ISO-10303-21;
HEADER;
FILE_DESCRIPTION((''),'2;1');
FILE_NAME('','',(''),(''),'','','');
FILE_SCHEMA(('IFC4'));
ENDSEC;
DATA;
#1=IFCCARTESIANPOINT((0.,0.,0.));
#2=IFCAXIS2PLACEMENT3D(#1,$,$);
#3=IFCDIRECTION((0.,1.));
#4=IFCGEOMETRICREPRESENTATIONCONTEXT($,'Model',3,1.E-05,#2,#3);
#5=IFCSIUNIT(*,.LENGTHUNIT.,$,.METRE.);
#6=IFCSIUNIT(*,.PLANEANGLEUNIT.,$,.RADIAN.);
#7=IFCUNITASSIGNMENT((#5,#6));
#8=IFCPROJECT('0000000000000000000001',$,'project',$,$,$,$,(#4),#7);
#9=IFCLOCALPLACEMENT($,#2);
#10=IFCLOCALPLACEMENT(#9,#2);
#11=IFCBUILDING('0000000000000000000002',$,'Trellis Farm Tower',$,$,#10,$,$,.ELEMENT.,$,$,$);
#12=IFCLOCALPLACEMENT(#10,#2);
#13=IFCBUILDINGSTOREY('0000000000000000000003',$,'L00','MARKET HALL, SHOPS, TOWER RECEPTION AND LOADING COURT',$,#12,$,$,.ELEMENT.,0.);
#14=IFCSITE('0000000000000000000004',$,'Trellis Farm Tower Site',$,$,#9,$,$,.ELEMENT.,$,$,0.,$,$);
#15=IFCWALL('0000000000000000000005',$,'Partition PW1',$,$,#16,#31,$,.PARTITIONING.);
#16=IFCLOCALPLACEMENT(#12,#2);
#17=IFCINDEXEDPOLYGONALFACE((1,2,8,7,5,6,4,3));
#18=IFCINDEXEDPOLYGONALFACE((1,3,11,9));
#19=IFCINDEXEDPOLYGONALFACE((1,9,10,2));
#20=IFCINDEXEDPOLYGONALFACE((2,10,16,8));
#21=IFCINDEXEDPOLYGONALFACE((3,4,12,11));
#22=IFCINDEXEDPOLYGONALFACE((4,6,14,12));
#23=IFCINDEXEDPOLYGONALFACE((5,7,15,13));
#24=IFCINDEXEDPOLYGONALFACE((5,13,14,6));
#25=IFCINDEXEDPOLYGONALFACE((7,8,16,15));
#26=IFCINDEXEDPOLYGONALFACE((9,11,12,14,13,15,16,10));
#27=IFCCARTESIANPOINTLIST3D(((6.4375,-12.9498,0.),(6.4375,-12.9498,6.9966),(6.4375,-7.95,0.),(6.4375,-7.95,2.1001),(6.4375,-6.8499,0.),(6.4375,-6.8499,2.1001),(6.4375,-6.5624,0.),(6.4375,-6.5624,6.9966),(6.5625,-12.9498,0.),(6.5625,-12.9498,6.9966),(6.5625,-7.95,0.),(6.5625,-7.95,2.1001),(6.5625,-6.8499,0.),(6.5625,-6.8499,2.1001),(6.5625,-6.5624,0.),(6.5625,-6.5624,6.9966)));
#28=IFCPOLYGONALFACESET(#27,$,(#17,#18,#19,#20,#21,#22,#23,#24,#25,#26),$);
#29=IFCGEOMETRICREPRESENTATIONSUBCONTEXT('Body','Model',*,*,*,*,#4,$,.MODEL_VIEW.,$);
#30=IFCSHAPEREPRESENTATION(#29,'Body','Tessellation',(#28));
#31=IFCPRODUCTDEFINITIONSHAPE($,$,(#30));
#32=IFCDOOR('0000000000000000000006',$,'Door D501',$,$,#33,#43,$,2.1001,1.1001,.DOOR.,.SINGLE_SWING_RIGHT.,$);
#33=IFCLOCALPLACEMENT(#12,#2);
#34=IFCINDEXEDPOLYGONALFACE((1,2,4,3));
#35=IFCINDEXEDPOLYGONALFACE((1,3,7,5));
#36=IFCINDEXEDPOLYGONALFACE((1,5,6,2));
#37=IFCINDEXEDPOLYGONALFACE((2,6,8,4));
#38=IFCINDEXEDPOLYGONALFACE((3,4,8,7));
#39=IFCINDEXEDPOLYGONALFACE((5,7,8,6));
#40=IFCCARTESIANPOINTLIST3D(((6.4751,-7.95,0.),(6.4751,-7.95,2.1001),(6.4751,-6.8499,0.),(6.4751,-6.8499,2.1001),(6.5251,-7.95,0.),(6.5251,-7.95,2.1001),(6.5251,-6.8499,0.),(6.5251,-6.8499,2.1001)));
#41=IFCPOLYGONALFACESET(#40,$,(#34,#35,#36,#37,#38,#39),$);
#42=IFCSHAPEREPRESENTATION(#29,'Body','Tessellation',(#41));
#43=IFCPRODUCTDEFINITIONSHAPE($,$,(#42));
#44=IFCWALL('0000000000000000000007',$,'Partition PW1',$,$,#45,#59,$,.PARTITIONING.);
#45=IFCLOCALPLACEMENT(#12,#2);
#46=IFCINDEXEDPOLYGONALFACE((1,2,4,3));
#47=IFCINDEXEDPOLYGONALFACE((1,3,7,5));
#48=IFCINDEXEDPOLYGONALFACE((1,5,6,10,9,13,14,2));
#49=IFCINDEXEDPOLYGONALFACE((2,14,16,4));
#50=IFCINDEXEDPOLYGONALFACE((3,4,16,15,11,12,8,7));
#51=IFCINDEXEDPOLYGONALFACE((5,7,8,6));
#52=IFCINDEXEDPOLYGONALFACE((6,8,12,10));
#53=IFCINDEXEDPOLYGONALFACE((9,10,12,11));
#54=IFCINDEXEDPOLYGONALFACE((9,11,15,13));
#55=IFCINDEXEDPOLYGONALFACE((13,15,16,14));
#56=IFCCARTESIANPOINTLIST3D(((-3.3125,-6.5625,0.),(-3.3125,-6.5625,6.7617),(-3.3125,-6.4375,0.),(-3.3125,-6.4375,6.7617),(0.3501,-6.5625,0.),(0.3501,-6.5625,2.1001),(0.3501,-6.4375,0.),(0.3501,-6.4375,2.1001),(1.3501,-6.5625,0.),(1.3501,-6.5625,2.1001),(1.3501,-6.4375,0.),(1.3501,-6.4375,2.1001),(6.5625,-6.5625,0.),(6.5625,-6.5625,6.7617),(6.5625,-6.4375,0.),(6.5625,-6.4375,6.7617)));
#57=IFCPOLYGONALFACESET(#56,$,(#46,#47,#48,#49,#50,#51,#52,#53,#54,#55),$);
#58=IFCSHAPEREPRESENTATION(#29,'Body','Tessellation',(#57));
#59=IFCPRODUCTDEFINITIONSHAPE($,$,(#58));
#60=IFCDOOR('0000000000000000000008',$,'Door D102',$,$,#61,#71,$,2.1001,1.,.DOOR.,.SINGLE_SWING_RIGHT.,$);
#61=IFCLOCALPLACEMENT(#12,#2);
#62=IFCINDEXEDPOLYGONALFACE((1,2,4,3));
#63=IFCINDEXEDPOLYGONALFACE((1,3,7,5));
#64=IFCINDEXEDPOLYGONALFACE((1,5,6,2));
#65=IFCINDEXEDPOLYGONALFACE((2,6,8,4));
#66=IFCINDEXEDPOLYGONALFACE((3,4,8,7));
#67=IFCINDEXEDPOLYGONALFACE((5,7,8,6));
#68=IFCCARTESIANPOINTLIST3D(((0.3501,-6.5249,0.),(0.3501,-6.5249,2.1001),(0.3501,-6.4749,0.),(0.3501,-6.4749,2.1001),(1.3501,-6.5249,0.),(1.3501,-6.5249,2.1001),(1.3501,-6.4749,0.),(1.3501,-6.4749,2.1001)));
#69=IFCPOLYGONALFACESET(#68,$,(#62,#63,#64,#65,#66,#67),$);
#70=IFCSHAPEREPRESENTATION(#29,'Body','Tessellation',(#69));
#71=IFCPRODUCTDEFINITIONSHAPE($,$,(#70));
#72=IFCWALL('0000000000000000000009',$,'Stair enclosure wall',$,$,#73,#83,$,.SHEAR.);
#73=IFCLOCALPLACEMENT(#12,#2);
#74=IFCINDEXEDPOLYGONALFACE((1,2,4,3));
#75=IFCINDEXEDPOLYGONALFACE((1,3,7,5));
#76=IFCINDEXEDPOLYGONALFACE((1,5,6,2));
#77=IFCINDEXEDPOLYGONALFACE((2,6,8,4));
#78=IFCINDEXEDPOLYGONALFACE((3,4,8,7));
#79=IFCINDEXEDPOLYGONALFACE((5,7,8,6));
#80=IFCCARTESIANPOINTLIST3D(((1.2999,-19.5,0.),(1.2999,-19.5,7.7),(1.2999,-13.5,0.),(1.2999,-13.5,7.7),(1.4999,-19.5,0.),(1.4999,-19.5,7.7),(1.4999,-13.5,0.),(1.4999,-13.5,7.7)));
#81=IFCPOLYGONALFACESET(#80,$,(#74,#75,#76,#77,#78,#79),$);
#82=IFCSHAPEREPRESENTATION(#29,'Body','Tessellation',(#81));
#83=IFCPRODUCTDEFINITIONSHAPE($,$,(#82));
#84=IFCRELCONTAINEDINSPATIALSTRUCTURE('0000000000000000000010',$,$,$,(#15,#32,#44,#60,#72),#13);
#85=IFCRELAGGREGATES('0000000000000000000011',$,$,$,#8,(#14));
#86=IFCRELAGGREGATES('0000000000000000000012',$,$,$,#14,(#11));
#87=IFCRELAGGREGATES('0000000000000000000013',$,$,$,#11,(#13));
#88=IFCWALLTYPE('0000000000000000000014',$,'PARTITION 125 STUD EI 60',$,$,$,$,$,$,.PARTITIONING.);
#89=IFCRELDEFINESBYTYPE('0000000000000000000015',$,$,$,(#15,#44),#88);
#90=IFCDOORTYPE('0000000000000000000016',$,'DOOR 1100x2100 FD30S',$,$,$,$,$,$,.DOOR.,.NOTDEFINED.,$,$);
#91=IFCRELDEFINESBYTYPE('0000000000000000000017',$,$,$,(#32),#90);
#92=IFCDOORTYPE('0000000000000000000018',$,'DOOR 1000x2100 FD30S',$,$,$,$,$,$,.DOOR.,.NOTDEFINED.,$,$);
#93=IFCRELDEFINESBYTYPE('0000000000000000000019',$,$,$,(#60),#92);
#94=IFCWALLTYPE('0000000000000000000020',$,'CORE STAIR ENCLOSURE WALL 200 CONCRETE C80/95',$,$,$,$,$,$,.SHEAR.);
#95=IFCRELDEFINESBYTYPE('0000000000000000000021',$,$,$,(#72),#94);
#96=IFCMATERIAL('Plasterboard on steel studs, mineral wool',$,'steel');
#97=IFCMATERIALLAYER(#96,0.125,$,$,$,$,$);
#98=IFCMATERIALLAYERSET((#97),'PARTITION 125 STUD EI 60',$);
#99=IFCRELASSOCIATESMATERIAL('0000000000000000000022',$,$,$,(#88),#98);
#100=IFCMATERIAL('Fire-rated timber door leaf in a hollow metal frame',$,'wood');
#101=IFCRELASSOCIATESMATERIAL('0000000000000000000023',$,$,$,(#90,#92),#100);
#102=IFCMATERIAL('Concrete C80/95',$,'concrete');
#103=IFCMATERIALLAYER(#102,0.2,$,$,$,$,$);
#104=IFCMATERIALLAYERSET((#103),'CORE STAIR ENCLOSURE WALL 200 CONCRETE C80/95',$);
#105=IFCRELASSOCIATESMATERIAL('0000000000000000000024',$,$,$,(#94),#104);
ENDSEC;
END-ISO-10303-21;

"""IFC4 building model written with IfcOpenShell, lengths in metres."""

from ifc_helpers import new_model, si_unit, direction, frame, frame_2d, origin, place, context, subcontext, project, spatial, rectangle, extrude, source, transform, mapped, material, layer, layer_set, type_object, element, fill, save


model = new_model("IFC4")

# Units and contexts
model_context = context("Model", 3, precision=1e-05, world=origin(), true_north=direction((0.0, 1.0)))
body_context = subcontext(model_context, "Body", "Model", "MODEL_VIEW")
ifc_project = project(units=[si_unit("LENGTHUNIT", "METRE"), si_unit("PLANEANGLEUNIT", "RADIAN")], contexts=[model_context])

# Site, building, storey
site_placement = place(None, origin())
site = spatial("IfcSite", under=ifc_project, at=site_placement, Name="Trellis Farm Tower Site", CompositionType="ELEMENT", RefElevation=0.0)
building_placement = place(site_placement, origin())
building = spatial("IfcBuilding", under=site, at=building_placement, Name="Trellis Farm Tower", CompositionType="ELEMENT")
storey_placement = place(building_placement, origin())
storey = spatial("IfcBuildingStorey", under=building, at=storey_placement, Name="L00", Description="MARKET HALL, SHOPS, TOWER RECEPTION AND LOADING COURT", CompositionType="ELEMENT", Elevation=0.0)

# Shared definitions
ifc_material_1 = material(Name="Concrete C80/95", Category="concrete")

# Walls, openings, doors
ifc_material_2 = material(Name="Plasterboard on steel studs, mineral wool", Category="steel")
ifc_layer_1 = layer(ifc_material_2, 0.125)
ifc_layer_set_1 = layer_set([ifc_layer_1], Name="PARTITION 125 STUD EI 60")
wall_type_1 = type_object("IfcWallType", Name="PARTITION 125 STUD EI 60", PredefinedType="PARTITIONING", material=ifc_layer_set_1)
wall_1_placement = place(storey_placement, frame((6.5, -12.95, 0.0), z_axis=(0.0, 0.0, 1.0), x_axis=(0.0, 1.0, 0.0)))
wall_1 = element("IfcWall", 1, at=wall_1_placement, inside=storey, type_object=wall_type_1, Name="Partition PW1", PredefinedType="PARTITIONING", context=body_context, shape_type="SweptSolid", body=[
    extrude(rectangle(XDim=6.3875, YDim=0.125, at=frame_2d((3.1938, 0.0))), origin(), (0.0, 0.0, 1.0), 6.9966),
])
shared_shape_1 = source(origin(), body_context, "Body", "SweptSolid", [
    extrude(rectangle(XDim=1.1001, YDim=2.1001, at=frame_2d((0.55, 1.05))), frame((0.0, 0.0725, 0.0), z_axis=(0.0, -1.0, 0.0), x_axis=(1.0, 0.0, 0.0)), (0.0, 0.0, 1.0), 0.145),
])
opening_1_placement = place(wall_1_placement, frame((5.0, 0.0, 0.0)))
opening_1 = element("IfcOpeningElement", 2, at=opening_1_placement, cuts=wall_1, PredefinedType="OPENING", context=body_context, shape_type="MappedRepresentation", body=[
    mapped(shared_shape_1, transform((0.0, 0.0, 0.0))),
])
ifc_material_3 = material(Name="Fire-rated timber door leaf in a hollow metal frame", Category="wood")
door_type_1 = type_object("IfcDoorType", Name="DOOR 1100x2100 FD30S", OperationType="NOTDEFINED", PredefinedType="DOOR", material=ifc_material_3)
shared_shape_2 = source(origin(), body_context, "Body", "SweptSolid", [
    extrude(rectangle(XDim=1.1001, YDim=2.1001, at=frame_2d((0.55, 1.05))), frame((0.0, 0.0249, 0.0), z_axis=(0.0, -1.0, 0.0), x_axis=(1.0, 0.0, 0.0)), (0.0, 0.0, 1.0), 0.05),
])
door_1_placement = place(opening_1_placement, origin())
door_1 = element("IfcDoor", 3, at=door_1_placement, inside=storey, type_object=door_type_1, Name="Door D501", OperationType="SINGLE_SWING_RIGHT", OverallHeight=2.1001, OverallWidth=1.1001, PredefinedType="DOOR", context=body_context, shape_type="MappedRepresentation", body=[
    mapped(shared_shape_2, transform((0.0, 0.0, 0.0))),
])
fill(opening_1, door_1)
wall_2_placement = place(storey_placement, frame((6.5625, -6.5, 0.0), z_axis=(0.0, 0.0, 1.0), x_axis=(-1.0, 0.0, 0.0)))
wall_2 = element("IfcWall", 4, at=wall_2_placement, inside=storey, type_object=wall_type_1, Name="Partition PW1", PredefinedType="PARTITIONING", context=body_context, shape_type="SweptSolid", body=[
    extrude(rectangle(XDim=9.875, YDim=0.125, at=frame_2d((4.9375, 0.0))), origin(), (0.0, 0.0, 1.0), 6.7617),
])
shared_shape_3 = source(origin(), body_context, "Body", "SweptSolid", [
    extrude(rectangle(XDim=1.0, YDim=2.1001, at=frame_2d((0.5, 1.05))), frame((0.0, 0.0725, 0.0), z_axis=(0.0, -1.0, 0.0), x_axis=(1.0, 0.0, 0.0)), (0.0, 0.0, 1.0), 0.145),
])
opening_2_placement = place(wall_2_placement, frame((5.2124, 0.0, 0.0)))
opening_2 = element("IfcOpeningElement", 5, at=opening_2_placement, cuts=wall_2, PredefinedType="OPENING", context=body_context, shape_type="MappedRepresentation", body=[
    mapped(shared_shape_3, transform((0.0, 0.0, 0.0))),
])
door_type_2 = type_object("IfcDoorType", Name="DOOR 1000x2100 FD30S", OperationType="NOTDEFINED", PredefinedType="DOOR", material=ifc_material_3)
shared_shape_4 = source(origin(), body_context, "Body", "SweptSolid", [
    extrude(rectangle(XDim=1.0, YDim=2.1001, at=frame_2d((0.5, 1.05))), frame((0.0, 0.0249, 0.0), z_axis=(0.0, -1.0, 0.0), x_axis=(1.0, 0.0, 0.0)), (0.0, 0.0, 1.0), 0.05),
])
door_2_placement = place(opening_2_placement, origin())
door_2 = element("IfcDoor", 6, at=door_2_placement, inside=storey, type_object=door_type_2, Name="Door D102", OperationType="SINGLE_SWING_RIGHT", OverallHeight=2.1001, OverallWidth=1.0, PredefinedType="DOOR", context=body_context, shape_type="MappedRepresentation", body=[
    mapped(shared_shape_4, transform((0.0, 0.0, 0.0))),
])
fill(opening_2, door_2)

# Wall
ifc_layer_2 = layer(ifc_material_1, 0.2)
ifc_layer_set_2 = layer_set([ifc_layer_2], Name="CORE STAIR ENCLOSURE WALL 200 CONCRETE C80/95")
wall_type_2 = type_object("IfcWallType", Name="CORE STAIR ENCLOSURE WALL 200 CONCRETE C80/95", PredefinedType="SHEAR", material=ifc_layer_set_2)
shared_shape_5 = source(origin(), body_context, "Body", "SweptSolid", [
    extrude(rectangle(XDim=6.0, YDim=0.2, at=frame_2d((3.0, 0.0))), origin(), (0.0, 0.0, 1.0), 7.7),
])
wall_3_placement = place(storey_placement, frame((1.3999, -13.5, 0.0), z_axis=(0.0, 0.0, 1.0), x_axis=(0.0, -1.0, 0.0)))
element("IfcWall", 7, at=wall_3_placement, inside=storey, type_object=wall_type_2, Name="Stair enclosure wall", PredefinedType="SHEAR", context=body_context, shape_type="MappedRepresentation", body=[
    mapped(shared_shape_5, transform((0.0, 0.0, 0.0))),
])

save(model, "model.ifc")
